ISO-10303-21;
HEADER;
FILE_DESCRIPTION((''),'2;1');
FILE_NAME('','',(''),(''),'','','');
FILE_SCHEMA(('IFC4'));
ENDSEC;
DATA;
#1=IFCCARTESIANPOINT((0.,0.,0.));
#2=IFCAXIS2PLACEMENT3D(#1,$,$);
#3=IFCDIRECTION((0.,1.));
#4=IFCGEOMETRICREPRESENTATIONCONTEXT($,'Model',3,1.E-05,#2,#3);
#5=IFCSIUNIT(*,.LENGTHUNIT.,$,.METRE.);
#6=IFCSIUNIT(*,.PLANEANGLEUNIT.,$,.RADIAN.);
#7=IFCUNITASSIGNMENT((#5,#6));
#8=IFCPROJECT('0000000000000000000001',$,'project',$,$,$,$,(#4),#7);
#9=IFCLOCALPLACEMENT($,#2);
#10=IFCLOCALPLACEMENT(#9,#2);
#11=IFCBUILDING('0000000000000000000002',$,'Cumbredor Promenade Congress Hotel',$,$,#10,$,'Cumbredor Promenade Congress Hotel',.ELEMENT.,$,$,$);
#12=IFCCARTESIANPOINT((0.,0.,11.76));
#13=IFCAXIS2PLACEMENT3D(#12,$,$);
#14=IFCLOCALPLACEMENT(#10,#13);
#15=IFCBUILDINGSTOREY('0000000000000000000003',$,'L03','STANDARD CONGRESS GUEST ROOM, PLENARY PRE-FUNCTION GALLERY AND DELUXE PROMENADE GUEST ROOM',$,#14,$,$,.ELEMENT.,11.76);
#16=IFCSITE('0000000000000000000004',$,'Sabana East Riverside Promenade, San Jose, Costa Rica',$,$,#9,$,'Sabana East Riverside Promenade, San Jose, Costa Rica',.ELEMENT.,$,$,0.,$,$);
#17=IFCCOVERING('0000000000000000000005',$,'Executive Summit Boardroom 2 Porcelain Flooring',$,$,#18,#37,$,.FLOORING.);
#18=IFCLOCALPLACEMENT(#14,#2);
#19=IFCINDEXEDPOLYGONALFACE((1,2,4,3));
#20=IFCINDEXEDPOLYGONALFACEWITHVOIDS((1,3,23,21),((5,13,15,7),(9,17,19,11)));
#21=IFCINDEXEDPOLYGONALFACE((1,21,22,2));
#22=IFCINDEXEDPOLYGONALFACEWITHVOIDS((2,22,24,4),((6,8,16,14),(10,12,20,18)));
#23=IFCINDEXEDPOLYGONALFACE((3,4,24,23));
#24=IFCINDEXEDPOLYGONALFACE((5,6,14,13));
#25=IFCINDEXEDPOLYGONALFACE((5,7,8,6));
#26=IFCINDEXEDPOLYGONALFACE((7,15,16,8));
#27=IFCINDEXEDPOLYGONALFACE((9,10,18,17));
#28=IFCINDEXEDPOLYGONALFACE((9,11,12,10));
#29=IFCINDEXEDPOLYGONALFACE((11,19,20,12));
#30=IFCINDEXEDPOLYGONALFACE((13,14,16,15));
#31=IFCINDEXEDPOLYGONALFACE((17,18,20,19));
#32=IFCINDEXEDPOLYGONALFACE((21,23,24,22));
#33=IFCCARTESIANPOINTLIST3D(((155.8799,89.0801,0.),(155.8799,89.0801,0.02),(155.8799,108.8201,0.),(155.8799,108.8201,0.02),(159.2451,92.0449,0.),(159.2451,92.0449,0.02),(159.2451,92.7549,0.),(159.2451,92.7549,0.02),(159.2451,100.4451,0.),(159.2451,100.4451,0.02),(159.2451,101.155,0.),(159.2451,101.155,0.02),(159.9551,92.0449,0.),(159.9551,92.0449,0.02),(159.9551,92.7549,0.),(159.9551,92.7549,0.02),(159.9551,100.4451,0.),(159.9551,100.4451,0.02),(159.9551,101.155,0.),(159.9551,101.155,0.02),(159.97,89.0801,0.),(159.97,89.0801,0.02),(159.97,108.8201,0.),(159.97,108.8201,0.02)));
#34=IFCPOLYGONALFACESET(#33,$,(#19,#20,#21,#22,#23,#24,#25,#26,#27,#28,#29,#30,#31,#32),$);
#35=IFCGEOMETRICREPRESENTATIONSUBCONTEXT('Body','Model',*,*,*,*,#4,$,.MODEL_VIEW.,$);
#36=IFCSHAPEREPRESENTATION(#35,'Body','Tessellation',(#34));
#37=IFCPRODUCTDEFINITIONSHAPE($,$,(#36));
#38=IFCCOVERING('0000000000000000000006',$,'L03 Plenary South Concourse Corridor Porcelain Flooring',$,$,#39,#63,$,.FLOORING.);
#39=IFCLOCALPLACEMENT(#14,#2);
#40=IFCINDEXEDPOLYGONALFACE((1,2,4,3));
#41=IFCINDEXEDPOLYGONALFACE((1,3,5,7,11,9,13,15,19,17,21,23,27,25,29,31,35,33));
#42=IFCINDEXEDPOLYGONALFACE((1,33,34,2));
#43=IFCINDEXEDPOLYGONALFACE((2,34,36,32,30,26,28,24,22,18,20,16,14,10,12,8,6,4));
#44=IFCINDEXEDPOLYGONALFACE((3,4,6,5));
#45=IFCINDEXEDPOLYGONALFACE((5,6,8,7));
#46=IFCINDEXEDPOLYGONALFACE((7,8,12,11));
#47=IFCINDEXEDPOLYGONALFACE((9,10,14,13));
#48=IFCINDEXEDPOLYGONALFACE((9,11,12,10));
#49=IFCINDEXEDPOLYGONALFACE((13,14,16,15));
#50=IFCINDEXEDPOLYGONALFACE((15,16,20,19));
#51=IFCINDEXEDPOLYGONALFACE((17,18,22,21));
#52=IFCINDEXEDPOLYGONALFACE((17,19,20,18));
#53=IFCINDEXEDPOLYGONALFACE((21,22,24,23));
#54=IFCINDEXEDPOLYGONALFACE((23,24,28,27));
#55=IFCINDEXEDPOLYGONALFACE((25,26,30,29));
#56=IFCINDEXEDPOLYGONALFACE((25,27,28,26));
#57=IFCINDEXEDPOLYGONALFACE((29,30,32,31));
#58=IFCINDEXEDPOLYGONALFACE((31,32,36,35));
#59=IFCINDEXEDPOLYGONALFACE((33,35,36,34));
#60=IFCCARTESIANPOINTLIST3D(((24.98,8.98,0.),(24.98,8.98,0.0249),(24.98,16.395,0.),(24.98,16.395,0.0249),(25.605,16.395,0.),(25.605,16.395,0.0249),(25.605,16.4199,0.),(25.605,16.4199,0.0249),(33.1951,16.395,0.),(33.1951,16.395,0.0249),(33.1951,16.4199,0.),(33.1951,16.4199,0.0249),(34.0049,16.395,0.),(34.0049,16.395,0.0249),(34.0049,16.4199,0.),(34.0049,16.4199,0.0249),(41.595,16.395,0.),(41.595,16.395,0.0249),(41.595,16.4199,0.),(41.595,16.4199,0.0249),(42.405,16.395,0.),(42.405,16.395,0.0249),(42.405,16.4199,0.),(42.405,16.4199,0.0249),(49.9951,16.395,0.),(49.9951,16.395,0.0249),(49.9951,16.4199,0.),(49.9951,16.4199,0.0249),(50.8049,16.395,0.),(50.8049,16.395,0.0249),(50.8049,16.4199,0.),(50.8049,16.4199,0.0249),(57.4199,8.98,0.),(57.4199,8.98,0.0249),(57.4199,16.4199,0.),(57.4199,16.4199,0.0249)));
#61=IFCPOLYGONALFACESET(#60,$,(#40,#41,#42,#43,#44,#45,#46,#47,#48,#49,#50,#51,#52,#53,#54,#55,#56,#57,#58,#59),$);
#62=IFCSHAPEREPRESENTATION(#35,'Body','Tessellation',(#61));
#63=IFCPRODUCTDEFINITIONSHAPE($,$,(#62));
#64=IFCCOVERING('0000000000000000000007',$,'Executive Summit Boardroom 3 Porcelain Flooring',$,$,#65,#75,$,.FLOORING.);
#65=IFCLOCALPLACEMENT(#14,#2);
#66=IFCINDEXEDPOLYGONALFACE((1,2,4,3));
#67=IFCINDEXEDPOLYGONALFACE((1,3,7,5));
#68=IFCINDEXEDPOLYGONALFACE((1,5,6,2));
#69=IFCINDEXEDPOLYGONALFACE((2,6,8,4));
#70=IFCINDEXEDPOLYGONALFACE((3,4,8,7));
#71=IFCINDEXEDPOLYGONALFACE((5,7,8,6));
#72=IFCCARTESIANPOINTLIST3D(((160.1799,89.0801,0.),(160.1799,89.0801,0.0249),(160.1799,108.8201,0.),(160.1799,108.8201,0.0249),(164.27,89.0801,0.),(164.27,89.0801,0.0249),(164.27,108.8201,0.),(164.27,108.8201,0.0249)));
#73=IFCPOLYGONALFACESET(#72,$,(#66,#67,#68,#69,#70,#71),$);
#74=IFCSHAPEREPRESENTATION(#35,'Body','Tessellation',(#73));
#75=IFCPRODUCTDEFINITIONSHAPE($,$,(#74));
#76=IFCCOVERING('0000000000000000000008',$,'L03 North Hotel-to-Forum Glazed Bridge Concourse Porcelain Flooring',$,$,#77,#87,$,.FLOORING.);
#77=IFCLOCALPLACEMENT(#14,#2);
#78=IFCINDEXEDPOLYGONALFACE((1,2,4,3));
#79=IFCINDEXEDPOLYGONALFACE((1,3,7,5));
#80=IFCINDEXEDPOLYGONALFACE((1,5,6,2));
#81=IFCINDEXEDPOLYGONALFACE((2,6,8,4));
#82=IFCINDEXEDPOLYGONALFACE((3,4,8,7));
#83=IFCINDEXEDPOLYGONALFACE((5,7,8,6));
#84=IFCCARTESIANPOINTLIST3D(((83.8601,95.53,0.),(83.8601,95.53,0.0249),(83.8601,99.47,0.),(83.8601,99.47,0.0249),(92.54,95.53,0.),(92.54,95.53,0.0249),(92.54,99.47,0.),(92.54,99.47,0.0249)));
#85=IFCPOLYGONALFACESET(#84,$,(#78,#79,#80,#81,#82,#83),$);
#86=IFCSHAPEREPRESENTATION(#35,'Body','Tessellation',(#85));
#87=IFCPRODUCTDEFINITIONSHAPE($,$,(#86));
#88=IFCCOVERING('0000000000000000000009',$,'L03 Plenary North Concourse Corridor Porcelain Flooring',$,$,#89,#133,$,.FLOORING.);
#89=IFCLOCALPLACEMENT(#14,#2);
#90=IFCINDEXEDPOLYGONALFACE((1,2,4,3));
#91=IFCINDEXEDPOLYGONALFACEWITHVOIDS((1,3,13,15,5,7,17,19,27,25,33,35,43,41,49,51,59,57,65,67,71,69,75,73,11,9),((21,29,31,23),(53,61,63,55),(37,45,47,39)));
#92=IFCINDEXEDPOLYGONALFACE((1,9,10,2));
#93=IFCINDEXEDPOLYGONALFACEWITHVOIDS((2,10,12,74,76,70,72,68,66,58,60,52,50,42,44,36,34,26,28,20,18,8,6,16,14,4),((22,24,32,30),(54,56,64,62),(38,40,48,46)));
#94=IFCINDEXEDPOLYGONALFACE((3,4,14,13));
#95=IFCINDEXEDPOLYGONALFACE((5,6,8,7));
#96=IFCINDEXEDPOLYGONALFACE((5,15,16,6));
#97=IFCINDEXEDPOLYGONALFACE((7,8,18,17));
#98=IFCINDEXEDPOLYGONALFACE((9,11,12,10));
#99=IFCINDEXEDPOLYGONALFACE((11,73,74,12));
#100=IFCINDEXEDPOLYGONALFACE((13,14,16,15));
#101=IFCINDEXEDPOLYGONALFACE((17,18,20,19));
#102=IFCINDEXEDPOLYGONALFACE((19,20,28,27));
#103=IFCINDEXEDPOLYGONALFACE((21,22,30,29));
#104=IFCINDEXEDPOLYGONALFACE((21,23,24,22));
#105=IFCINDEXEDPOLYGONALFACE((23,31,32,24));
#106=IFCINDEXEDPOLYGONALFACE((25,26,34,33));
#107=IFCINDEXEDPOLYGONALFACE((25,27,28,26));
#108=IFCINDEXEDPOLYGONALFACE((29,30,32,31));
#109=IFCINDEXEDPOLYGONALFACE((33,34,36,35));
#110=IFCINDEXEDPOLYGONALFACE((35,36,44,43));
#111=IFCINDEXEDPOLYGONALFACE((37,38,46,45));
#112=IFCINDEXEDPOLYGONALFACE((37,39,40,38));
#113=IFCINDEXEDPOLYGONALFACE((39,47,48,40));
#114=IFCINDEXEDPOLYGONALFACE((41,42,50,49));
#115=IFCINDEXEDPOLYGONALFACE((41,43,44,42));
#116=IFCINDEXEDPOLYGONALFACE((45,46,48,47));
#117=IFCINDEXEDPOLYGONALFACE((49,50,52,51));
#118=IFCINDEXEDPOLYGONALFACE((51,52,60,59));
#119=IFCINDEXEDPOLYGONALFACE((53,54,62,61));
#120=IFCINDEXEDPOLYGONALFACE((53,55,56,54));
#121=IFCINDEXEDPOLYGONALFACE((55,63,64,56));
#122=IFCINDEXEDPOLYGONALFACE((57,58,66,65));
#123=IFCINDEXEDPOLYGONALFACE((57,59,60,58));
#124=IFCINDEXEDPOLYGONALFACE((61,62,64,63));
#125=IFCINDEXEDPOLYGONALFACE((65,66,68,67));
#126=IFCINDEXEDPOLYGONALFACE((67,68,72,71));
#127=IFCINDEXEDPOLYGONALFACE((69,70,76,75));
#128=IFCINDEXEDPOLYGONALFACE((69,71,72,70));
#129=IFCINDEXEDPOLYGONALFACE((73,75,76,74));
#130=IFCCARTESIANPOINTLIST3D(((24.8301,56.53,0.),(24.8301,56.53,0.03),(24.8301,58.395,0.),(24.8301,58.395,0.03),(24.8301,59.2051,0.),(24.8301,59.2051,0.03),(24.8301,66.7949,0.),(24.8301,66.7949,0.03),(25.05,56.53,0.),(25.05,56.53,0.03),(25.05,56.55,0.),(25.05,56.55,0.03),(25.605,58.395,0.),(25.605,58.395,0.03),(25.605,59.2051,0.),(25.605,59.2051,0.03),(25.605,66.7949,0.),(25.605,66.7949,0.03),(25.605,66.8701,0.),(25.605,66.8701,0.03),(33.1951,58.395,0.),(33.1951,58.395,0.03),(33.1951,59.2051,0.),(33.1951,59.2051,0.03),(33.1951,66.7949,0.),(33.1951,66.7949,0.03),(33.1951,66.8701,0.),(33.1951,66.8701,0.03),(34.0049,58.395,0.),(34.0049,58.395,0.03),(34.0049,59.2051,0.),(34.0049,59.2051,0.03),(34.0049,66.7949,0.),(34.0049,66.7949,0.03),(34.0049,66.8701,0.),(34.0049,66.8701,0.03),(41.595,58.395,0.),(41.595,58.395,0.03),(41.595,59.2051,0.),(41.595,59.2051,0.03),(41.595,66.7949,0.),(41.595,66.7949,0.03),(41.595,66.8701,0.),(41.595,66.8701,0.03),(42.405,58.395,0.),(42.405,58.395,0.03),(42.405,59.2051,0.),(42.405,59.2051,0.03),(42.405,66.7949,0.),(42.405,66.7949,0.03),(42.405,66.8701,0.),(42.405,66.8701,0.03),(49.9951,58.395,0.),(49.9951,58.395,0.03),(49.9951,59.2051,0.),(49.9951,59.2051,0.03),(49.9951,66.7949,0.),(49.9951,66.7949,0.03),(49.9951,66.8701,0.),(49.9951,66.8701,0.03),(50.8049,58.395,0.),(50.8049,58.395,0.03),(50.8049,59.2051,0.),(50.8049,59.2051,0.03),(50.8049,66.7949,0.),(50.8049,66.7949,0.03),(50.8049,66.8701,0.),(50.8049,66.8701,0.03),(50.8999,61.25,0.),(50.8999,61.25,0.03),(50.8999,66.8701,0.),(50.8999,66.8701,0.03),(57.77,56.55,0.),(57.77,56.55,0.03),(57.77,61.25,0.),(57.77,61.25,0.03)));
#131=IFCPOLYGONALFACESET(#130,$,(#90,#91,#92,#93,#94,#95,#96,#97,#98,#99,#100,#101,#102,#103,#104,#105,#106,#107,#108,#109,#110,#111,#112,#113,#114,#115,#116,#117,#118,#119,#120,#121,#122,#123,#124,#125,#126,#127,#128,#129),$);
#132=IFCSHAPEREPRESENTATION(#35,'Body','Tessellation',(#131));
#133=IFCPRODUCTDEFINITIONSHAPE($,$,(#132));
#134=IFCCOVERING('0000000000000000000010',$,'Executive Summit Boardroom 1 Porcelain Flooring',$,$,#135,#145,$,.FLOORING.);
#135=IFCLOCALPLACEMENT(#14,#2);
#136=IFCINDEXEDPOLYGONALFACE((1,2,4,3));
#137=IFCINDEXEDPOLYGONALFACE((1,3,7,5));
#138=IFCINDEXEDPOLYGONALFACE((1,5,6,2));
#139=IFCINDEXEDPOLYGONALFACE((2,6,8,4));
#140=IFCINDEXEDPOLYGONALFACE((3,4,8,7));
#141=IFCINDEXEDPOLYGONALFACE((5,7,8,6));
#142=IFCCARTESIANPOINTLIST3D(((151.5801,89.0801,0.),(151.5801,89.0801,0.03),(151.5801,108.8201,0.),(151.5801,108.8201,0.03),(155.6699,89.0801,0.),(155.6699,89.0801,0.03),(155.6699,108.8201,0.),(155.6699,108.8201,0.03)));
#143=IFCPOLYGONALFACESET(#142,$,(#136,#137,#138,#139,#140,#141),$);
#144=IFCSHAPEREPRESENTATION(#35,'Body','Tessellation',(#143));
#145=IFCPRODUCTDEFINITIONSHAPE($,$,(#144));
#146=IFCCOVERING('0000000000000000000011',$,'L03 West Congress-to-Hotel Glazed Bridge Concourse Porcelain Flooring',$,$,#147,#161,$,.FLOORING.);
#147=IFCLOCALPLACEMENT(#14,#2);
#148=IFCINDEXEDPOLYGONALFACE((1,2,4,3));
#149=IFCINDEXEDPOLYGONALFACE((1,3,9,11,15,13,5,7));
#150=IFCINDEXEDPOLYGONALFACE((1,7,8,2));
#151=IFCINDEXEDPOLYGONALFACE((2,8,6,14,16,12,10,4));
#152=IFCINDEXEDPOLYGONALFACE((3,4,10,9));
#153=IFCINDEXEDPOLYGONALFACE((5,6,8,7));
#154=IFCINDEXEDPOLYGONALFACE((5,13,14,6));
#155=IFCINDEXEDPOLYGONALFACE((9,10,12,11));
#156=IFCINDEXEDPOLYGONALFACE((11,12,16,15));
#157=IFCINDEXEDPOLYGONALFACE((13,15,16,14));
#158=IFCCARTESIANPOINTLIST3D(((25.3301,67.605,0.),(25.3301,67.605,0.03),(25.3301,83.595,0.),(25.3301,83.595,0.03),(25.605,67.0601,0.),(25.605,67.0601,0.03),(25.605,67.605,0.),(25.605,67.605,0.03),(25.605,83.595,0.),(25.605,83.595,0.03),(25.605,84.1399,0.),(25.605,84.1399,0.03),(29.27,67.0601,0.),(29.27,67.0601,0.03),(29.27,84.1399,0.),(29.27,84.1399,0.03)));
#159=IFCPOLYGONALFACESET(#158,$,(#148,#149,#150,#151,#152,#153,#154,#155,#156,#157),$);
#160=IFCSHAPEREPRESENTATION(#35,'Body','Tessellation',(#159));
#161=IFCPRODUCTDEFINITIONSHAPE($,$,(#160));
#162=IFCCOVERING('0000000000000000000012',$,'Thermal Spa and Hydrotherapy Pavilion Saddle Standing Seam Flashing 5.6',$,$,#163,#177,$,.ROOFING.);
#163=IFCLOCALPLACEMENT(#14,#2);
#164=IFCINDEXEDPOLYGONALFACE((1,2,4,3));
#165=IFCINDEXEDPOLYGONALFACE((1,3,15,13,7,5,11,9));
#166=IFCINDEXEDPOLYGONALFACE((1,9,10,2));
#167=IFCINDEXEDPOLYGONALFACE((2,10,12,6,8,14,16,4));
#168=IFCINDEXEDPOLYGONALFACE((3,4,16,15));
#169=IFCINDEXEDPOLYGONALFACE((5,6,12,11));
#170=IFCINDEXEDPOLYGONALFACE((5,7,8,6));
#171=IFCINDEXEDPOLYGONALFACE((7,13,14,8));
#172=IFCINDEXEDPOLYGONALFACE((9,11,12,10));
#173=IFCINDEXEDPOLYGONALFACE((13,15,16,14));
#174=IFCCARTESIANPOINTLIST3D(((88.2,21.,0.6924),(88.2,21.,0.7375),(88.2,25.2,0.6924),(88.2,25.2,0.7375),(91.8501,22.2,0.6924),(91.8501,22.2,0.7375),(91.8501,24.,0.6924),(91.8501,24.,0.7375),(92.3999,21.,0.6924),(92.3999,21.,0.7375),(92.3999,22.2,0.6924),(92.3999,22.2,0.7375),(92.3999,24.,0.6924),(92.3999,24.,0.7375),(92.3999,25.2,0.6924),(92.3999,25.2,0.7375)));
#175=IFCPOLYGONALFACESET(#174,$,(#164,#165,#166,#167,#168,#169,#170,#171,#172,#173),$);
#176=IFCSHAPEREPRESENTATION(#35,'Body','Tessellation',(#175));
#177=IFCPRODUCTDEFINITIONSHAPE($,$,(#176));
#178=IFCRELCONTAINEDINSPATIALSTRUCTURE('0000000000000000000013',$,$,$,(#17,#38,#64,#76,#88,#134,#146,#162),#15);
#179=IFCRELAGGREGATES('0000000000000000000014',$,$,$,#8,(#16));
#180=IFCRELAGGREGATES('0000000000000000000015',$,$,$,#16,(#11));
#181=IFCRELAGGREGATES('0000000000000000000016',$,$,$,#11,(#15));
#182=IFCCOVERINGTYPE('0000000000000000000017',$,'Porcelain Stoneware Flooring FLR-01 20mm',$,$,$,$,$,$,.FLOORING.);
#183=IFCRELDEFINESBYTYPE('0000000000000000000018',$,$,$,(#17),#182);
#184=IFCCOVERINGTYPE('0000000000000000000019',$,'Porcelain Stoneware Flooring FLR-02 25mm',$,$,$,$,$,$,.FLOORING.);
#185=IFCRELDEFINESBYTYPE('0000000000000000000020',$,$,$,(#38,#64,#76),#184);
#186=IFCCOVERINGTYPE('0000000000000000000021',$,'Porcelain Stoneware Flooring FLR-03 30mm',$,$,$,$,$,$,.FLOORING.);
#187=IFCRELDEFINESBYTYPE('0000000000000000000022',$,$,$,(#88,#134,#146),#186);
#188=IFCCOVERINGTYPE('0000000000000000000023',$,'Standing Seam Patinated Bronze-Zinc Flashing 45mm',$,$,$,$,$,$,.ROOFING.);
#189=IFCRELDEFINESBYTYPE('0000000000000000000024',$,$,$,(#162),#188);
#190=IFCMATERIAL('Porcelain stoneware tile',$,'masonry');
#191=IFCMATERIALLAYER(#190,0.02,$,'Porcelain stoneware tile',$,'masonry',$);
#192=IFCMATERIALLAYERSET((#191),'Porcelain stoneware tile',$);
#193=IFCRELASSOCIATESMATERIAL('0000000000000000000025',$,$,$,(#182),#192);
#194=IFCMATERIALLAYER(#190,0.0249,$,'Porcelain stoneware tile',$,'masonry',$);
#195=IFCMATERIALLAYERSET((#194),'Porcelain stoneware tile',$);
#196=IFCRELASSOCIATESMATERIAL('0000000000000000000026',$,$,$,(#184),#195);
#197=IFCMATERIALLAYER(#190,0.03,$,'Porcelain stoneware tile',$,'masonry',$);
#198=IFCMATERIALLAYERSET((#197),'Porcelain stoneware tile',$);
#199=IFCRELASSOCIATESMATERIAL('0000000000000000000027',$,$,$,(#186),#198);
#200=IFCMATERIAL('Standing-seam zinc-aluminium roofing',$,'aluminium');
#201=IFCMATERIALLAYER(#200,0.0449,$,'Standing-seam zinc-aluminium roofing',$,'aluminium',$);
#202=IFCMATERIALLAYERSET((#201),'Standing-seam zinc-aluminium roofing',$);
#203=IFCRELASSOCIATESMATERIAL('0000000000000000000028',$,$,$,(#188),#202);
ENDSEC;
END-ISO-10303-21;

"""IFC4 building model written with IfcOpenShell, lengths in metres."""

from ifc_helpers import new_model, si_unit, direction, frame, origin, place, context, subcontext, project, spatial, polyline, outline, extrude, material, layer, layer_set, type_object, element, save


model = new_model("IFC4")

# Units and contexts
model_context = context("Model", 3, precision=1e-05, world=origin(), true_north=direction((0.0, 1.0)))
body_context = subcontext(model_context, "Body", "Model", "MODEL_VIEW")
ifc_project = project(units=[si_unit("LENGTHUNIT", "METRE"), si_unit("PLANEANGLEUNIT", "RADIAN")], contexts=[model_context])

# Site, building, storey
site_placement = place(None, origin())
site = spatial("IfcSite", under=ifc_project, at=site_placement, Name="Sabana East Riverside Promenade, San Jose, Costa Rica", LongName="Sabana East Riverside Promenade, San Jose, Costa Rica", CompositionType="ELEMENT", RefElevation=0.0)
building_placement = place(site_placement, origin())
building = spatial("IfcBuilding", under=site, at=building_placement, Name="Cumbredor Promenade Congress Hotel", LongName="Cumbredor Promenade Congress Hotel", CompositionType="ELEMENT")
storey_placement = place(building_placement, frame((0.0, 0.0, 11.76)))
storey = spatial("IfcBuildingStorey", under=building, at=storey_placement, Name="L03", Description="STANDARD CONGRESS GUEST ROOM, PLENARY PRE-FUNCTION GALLERY AND DELUXE PROMENADE GUEST ROOM", CompositionType="ELEMENT", Elevation=11.76)

# Coverings
ifc_material_1 = material(Name="Porcelain stoneware tile", Category="masonry")
ifc_layer_1 = layer(ifc_material_1, 0.02, Name="Porcelain stoneware tile", Category="masonry")
ifc_layer_set_1 = layer_set([ifc_layer_1], Name="Porcelain stoneware tile")
covering_type_1 = type_object("IfcCoveringType", Name="Porcelain Stoneware Flooring FLR-01 20mm", PredefinedType="FLOORING", material=ifc_layer_set_1)
covering_1_placement = place(storey_placement, origin())
element("IfcCovering", 1, at=covering_1_placement, inside=storey, type_object=covering_type_1, Name="Executive Summit Boardroom 2 Porcelain Flooring", PredefinedType="FLOORING", context=body_context, shape_type="SweptSolid", body=[
    extrude(outline(polyline([(155.8799, 89.0801), (155.8799, 108.8201), (159.97, 108.8201), (159.97, 89.0801), (155.8799, 89.0801)]), holes=[polyline([(159.2451, 92.7549), (159.2451, 92.0449), (159.9551, 92.0449), (159.9551, 92.7549), (159.2451, 92.7549)]), polyline([(159.9551, 101.155), (159.2451, 101.155), (159.2451, 100.4451), (159.9551, 100.4451), (159.9551, 101.155)])]), origin(), (0.0, 0.0, 1.0), 0.02),
])
ifc_layer_2 = layer(ifc_material_1, 0.0249, Name="Porcelain stoneware tile", Category="masonry")
ifc_layer_set_2 = layer_set([ifc_layer_2], Name="Porcelain stoneware tile")
covering_type_2 = type_object("IfcCoveringType", Name="Porcelain Stoneware Flooring FLR-02 25mm", PredefinedType="FLOORING", material=ifc_layer_set_2)
covering_2_placement = place(storey_placement, origin())
element("IfcCovering", 2, at=covering_2_placement, inside=storey, type_object=covering_type_2, Name="L03 Plenary South Concourse Corridor Porcelain Flooring", PredefinedType="FLOORING", context=body_context, shape_type="SweptSolid", body=[
    extrude(outline(polyline([(25.605, 16.395), (25.605, 16.4199), (33.1951, 16.4199), (33.1951, 16.395), (34.0049, 16.395), (34.0049, 16.4199), (41.595, 16.4199), (41.595, 16.395), (42.405, 16.395), (42.405, 16.4199), (49.9951, 16.4199), (49.9951, 16.395), (50.8049, 16.395), (50.8049, 16.4199), (57.4199, 16.4199), (57.4199, 8.98), (24.98, 8.98), (24.98, 16.395), (25.605, 16.395)])), origin(), (0.0, 0.0, 1.0), 0.0249),
])
covering_3_placement = place(storey_placement, origin())
element("IfcCovering", 3, at=covering_3_placement, inside=storey, type_object=covering_type_2, Name="Executive Summit Boardroom 3 Porcelain Flooring", PredefinedType="FLOORING", context=body_context, shape_type="SweptSolid", body=[
    extrude(outline(polyline([(164.27, 108.8201), (164.27, 89.0801), (160.1799, 89.0801), (160.1799, 108.8201), (164.27, 108.8201)])), origin(), (0.0, 0.0, 1.0), 0.0249),
])
covering_4_placement = place(storey_placement, origin())
element("IfcCovering", 4, at=covering_4_placement, inside=storey, type_object=covering_type_2, Name="L03 North Hotel-to-Forum Glazed Bridge Concourse Porcelain Flooring", PredefinedType="FLOORING", context=body_context, shape_type="SweptSolid", body=[
    extrude(outline(polyline([(92.54, 99.47), (92.54, 95.53), (83.8601, 95.53), (83.8601, 99.47), (92.54, 99.47)])), origin(), (0.0, 0.0, 1.0), 0.0249),
])
ifc_layer_3 = layer(ifc_material_1, 0.03, Name="Porcelain stoneware tile", Category="masonry")
ifc_layer_set_3 = layer_set([ifc_layer_3], Name="Porcelain stoneware tile")
covering_type_3 = type_object("IfcCoveringType", Name="Porcelain Stoneware Flooring FLR-03 30mm", PredefinedType="FLOORING", material=ifc_layer_set_3)
covering_5_placement = place(storey_placement, origin())
element("IfcCovering", 5, at=covering_5_placement, inside=storey, type_object=covering_type_3, Name="L03 Plenary North Concourse Corridor Porcelain Flooring", PredefinedType="FLOORING", context=body_context, shape_type="SweptSolid", body=[
    extrude(outline(polyline([(25.605, 58.395), (25.605, 59.2051), (24.8301, 59.2051), (24.8301, 66.7949), (25.605, 66.7949), (25.605, 66.8701), (33.1951, 66.8701), (33.1951, 66.7949), (34.0049, 66.7949), (34.0049, 66.8701), (41.595, 66.8701), (41.595, 66.7949), (42.405, 66.7949), (42.405, 66.8701), (49.9951, 66.8701), (49.9951, 66.7949), (50.8049, 66.7949), (50.8049, 66.8701), (50.8999, 66.8701), (50.8999, 61.25), (57.77, 61.25), (57.77, 56.55), (25.05, 56.55), (25.05, 56.53), (24.8301, 56.53), (24.8301, 58.395), (25.605, 58.395)]), holes=[polyline([(33.1951, 59.2051), (33.1951, 58.395), (34.0049, 58.395), (34.0049, 59.2051), (33.1951, 59.2051)]), polyline([(42.405, 58.395), (42.405, 59.2051), (41.595, 59.2051), (41.595, 58.395), (42.405, 58.395)]), polyline([(49.9951, 59.2051), (49.9951, 58.395), (50.8049, 58.395), (50.8049, 59.2051), (49.9951, 59.2051)])]), origin(), (0.0, 0.0, 1.0), 0.03),
])
covering_6_placement = place(storey_placement, origin())
element("IfcCovering", 6, at=covering_6_placement, inside=storey, type_object=covering_type_3, Name="Executive Summit Boardroom 1 Porcelain Flooring", PredefinedType="FLOORING", context=body_context, shape_type="SweptSolid", body=[
    extrude(outline(polyline([(155.6699, 108.8201), (155.6699, 89.0801), (151.5801, 89.0801), (151.5801, 108.8201), (155.6699, 108.8201)])), origin(), (0.0, 0.0, 1.0), 0.03),
])
covering_7_placement = place(storey_placement, origin())
element("IfcCovering", 7, at=covering_7_placement, inside=storey, type_object=covering_type_3, Name="L03 West Congress-to-Hotel Glazed Bridge Concourse Porcelain Flooring", PredefinedType="FLOORING", context=body_context, shape_type="SweptSolid", body=[
    extrude(outline(polyline([(25.605, 67.0601), (25.605, 67.605), (25.3301, 67.605), (25.3301, 83.595), (25.605, 83.595), (25.605, 84.1399), (29.27, 84.1399), (29.27, 67.0601), (25.605, 67.0601)])), origin(), (0.0, 0.0, 1.0), 0.03),
])
ifc_material_2 = material(Name="Standing-seam zinc-aluminium roofing", Category="aluminium")
ifc_layer_4 = layer(ifc_material_2, 0.0449, Name="Standing-seam zinc-aluminium roofing", Category="aluminium")
ifc_layer_set_4 = layer_set([ifc_layer_4], Name="Standing-seam zinc-aluminium roofing")
covering_type_4 = type_object("IfcCoveringType", Name="Standing Seam Patinated Bronze-Zinc Flashing 45mm", PredefinedType="ROOFING", material=ifc_layer_set_4)
covering_8_placement = place(storey_placement, frame((0.0, 0.0, 0.6924)))
element("IfcCovering", 8, at=covering_8_placement, inside=storey, type_object=covering_type_4, Name="Thermal Spa and Hydrotherapy Pavilion Saddle Standing Seam Flashing 5.6", PredefinedType="ROOFING", context=body_context, shape_type="SweptSolid", body=[
    extrude(outline(polyline([(88.2, 21.0), (92.3999, 21.0), (92.3999, 22.2), (91.8501, 22.2), (91.8501, 24.0), (92.3999, 24.0), (92.3999, 25.2), (88.2, 25.2), (88.2, 21.0)])), origin(), (0.0, 0.0, 1.0), 0.0452),
])

save(model, "model.ifc")
